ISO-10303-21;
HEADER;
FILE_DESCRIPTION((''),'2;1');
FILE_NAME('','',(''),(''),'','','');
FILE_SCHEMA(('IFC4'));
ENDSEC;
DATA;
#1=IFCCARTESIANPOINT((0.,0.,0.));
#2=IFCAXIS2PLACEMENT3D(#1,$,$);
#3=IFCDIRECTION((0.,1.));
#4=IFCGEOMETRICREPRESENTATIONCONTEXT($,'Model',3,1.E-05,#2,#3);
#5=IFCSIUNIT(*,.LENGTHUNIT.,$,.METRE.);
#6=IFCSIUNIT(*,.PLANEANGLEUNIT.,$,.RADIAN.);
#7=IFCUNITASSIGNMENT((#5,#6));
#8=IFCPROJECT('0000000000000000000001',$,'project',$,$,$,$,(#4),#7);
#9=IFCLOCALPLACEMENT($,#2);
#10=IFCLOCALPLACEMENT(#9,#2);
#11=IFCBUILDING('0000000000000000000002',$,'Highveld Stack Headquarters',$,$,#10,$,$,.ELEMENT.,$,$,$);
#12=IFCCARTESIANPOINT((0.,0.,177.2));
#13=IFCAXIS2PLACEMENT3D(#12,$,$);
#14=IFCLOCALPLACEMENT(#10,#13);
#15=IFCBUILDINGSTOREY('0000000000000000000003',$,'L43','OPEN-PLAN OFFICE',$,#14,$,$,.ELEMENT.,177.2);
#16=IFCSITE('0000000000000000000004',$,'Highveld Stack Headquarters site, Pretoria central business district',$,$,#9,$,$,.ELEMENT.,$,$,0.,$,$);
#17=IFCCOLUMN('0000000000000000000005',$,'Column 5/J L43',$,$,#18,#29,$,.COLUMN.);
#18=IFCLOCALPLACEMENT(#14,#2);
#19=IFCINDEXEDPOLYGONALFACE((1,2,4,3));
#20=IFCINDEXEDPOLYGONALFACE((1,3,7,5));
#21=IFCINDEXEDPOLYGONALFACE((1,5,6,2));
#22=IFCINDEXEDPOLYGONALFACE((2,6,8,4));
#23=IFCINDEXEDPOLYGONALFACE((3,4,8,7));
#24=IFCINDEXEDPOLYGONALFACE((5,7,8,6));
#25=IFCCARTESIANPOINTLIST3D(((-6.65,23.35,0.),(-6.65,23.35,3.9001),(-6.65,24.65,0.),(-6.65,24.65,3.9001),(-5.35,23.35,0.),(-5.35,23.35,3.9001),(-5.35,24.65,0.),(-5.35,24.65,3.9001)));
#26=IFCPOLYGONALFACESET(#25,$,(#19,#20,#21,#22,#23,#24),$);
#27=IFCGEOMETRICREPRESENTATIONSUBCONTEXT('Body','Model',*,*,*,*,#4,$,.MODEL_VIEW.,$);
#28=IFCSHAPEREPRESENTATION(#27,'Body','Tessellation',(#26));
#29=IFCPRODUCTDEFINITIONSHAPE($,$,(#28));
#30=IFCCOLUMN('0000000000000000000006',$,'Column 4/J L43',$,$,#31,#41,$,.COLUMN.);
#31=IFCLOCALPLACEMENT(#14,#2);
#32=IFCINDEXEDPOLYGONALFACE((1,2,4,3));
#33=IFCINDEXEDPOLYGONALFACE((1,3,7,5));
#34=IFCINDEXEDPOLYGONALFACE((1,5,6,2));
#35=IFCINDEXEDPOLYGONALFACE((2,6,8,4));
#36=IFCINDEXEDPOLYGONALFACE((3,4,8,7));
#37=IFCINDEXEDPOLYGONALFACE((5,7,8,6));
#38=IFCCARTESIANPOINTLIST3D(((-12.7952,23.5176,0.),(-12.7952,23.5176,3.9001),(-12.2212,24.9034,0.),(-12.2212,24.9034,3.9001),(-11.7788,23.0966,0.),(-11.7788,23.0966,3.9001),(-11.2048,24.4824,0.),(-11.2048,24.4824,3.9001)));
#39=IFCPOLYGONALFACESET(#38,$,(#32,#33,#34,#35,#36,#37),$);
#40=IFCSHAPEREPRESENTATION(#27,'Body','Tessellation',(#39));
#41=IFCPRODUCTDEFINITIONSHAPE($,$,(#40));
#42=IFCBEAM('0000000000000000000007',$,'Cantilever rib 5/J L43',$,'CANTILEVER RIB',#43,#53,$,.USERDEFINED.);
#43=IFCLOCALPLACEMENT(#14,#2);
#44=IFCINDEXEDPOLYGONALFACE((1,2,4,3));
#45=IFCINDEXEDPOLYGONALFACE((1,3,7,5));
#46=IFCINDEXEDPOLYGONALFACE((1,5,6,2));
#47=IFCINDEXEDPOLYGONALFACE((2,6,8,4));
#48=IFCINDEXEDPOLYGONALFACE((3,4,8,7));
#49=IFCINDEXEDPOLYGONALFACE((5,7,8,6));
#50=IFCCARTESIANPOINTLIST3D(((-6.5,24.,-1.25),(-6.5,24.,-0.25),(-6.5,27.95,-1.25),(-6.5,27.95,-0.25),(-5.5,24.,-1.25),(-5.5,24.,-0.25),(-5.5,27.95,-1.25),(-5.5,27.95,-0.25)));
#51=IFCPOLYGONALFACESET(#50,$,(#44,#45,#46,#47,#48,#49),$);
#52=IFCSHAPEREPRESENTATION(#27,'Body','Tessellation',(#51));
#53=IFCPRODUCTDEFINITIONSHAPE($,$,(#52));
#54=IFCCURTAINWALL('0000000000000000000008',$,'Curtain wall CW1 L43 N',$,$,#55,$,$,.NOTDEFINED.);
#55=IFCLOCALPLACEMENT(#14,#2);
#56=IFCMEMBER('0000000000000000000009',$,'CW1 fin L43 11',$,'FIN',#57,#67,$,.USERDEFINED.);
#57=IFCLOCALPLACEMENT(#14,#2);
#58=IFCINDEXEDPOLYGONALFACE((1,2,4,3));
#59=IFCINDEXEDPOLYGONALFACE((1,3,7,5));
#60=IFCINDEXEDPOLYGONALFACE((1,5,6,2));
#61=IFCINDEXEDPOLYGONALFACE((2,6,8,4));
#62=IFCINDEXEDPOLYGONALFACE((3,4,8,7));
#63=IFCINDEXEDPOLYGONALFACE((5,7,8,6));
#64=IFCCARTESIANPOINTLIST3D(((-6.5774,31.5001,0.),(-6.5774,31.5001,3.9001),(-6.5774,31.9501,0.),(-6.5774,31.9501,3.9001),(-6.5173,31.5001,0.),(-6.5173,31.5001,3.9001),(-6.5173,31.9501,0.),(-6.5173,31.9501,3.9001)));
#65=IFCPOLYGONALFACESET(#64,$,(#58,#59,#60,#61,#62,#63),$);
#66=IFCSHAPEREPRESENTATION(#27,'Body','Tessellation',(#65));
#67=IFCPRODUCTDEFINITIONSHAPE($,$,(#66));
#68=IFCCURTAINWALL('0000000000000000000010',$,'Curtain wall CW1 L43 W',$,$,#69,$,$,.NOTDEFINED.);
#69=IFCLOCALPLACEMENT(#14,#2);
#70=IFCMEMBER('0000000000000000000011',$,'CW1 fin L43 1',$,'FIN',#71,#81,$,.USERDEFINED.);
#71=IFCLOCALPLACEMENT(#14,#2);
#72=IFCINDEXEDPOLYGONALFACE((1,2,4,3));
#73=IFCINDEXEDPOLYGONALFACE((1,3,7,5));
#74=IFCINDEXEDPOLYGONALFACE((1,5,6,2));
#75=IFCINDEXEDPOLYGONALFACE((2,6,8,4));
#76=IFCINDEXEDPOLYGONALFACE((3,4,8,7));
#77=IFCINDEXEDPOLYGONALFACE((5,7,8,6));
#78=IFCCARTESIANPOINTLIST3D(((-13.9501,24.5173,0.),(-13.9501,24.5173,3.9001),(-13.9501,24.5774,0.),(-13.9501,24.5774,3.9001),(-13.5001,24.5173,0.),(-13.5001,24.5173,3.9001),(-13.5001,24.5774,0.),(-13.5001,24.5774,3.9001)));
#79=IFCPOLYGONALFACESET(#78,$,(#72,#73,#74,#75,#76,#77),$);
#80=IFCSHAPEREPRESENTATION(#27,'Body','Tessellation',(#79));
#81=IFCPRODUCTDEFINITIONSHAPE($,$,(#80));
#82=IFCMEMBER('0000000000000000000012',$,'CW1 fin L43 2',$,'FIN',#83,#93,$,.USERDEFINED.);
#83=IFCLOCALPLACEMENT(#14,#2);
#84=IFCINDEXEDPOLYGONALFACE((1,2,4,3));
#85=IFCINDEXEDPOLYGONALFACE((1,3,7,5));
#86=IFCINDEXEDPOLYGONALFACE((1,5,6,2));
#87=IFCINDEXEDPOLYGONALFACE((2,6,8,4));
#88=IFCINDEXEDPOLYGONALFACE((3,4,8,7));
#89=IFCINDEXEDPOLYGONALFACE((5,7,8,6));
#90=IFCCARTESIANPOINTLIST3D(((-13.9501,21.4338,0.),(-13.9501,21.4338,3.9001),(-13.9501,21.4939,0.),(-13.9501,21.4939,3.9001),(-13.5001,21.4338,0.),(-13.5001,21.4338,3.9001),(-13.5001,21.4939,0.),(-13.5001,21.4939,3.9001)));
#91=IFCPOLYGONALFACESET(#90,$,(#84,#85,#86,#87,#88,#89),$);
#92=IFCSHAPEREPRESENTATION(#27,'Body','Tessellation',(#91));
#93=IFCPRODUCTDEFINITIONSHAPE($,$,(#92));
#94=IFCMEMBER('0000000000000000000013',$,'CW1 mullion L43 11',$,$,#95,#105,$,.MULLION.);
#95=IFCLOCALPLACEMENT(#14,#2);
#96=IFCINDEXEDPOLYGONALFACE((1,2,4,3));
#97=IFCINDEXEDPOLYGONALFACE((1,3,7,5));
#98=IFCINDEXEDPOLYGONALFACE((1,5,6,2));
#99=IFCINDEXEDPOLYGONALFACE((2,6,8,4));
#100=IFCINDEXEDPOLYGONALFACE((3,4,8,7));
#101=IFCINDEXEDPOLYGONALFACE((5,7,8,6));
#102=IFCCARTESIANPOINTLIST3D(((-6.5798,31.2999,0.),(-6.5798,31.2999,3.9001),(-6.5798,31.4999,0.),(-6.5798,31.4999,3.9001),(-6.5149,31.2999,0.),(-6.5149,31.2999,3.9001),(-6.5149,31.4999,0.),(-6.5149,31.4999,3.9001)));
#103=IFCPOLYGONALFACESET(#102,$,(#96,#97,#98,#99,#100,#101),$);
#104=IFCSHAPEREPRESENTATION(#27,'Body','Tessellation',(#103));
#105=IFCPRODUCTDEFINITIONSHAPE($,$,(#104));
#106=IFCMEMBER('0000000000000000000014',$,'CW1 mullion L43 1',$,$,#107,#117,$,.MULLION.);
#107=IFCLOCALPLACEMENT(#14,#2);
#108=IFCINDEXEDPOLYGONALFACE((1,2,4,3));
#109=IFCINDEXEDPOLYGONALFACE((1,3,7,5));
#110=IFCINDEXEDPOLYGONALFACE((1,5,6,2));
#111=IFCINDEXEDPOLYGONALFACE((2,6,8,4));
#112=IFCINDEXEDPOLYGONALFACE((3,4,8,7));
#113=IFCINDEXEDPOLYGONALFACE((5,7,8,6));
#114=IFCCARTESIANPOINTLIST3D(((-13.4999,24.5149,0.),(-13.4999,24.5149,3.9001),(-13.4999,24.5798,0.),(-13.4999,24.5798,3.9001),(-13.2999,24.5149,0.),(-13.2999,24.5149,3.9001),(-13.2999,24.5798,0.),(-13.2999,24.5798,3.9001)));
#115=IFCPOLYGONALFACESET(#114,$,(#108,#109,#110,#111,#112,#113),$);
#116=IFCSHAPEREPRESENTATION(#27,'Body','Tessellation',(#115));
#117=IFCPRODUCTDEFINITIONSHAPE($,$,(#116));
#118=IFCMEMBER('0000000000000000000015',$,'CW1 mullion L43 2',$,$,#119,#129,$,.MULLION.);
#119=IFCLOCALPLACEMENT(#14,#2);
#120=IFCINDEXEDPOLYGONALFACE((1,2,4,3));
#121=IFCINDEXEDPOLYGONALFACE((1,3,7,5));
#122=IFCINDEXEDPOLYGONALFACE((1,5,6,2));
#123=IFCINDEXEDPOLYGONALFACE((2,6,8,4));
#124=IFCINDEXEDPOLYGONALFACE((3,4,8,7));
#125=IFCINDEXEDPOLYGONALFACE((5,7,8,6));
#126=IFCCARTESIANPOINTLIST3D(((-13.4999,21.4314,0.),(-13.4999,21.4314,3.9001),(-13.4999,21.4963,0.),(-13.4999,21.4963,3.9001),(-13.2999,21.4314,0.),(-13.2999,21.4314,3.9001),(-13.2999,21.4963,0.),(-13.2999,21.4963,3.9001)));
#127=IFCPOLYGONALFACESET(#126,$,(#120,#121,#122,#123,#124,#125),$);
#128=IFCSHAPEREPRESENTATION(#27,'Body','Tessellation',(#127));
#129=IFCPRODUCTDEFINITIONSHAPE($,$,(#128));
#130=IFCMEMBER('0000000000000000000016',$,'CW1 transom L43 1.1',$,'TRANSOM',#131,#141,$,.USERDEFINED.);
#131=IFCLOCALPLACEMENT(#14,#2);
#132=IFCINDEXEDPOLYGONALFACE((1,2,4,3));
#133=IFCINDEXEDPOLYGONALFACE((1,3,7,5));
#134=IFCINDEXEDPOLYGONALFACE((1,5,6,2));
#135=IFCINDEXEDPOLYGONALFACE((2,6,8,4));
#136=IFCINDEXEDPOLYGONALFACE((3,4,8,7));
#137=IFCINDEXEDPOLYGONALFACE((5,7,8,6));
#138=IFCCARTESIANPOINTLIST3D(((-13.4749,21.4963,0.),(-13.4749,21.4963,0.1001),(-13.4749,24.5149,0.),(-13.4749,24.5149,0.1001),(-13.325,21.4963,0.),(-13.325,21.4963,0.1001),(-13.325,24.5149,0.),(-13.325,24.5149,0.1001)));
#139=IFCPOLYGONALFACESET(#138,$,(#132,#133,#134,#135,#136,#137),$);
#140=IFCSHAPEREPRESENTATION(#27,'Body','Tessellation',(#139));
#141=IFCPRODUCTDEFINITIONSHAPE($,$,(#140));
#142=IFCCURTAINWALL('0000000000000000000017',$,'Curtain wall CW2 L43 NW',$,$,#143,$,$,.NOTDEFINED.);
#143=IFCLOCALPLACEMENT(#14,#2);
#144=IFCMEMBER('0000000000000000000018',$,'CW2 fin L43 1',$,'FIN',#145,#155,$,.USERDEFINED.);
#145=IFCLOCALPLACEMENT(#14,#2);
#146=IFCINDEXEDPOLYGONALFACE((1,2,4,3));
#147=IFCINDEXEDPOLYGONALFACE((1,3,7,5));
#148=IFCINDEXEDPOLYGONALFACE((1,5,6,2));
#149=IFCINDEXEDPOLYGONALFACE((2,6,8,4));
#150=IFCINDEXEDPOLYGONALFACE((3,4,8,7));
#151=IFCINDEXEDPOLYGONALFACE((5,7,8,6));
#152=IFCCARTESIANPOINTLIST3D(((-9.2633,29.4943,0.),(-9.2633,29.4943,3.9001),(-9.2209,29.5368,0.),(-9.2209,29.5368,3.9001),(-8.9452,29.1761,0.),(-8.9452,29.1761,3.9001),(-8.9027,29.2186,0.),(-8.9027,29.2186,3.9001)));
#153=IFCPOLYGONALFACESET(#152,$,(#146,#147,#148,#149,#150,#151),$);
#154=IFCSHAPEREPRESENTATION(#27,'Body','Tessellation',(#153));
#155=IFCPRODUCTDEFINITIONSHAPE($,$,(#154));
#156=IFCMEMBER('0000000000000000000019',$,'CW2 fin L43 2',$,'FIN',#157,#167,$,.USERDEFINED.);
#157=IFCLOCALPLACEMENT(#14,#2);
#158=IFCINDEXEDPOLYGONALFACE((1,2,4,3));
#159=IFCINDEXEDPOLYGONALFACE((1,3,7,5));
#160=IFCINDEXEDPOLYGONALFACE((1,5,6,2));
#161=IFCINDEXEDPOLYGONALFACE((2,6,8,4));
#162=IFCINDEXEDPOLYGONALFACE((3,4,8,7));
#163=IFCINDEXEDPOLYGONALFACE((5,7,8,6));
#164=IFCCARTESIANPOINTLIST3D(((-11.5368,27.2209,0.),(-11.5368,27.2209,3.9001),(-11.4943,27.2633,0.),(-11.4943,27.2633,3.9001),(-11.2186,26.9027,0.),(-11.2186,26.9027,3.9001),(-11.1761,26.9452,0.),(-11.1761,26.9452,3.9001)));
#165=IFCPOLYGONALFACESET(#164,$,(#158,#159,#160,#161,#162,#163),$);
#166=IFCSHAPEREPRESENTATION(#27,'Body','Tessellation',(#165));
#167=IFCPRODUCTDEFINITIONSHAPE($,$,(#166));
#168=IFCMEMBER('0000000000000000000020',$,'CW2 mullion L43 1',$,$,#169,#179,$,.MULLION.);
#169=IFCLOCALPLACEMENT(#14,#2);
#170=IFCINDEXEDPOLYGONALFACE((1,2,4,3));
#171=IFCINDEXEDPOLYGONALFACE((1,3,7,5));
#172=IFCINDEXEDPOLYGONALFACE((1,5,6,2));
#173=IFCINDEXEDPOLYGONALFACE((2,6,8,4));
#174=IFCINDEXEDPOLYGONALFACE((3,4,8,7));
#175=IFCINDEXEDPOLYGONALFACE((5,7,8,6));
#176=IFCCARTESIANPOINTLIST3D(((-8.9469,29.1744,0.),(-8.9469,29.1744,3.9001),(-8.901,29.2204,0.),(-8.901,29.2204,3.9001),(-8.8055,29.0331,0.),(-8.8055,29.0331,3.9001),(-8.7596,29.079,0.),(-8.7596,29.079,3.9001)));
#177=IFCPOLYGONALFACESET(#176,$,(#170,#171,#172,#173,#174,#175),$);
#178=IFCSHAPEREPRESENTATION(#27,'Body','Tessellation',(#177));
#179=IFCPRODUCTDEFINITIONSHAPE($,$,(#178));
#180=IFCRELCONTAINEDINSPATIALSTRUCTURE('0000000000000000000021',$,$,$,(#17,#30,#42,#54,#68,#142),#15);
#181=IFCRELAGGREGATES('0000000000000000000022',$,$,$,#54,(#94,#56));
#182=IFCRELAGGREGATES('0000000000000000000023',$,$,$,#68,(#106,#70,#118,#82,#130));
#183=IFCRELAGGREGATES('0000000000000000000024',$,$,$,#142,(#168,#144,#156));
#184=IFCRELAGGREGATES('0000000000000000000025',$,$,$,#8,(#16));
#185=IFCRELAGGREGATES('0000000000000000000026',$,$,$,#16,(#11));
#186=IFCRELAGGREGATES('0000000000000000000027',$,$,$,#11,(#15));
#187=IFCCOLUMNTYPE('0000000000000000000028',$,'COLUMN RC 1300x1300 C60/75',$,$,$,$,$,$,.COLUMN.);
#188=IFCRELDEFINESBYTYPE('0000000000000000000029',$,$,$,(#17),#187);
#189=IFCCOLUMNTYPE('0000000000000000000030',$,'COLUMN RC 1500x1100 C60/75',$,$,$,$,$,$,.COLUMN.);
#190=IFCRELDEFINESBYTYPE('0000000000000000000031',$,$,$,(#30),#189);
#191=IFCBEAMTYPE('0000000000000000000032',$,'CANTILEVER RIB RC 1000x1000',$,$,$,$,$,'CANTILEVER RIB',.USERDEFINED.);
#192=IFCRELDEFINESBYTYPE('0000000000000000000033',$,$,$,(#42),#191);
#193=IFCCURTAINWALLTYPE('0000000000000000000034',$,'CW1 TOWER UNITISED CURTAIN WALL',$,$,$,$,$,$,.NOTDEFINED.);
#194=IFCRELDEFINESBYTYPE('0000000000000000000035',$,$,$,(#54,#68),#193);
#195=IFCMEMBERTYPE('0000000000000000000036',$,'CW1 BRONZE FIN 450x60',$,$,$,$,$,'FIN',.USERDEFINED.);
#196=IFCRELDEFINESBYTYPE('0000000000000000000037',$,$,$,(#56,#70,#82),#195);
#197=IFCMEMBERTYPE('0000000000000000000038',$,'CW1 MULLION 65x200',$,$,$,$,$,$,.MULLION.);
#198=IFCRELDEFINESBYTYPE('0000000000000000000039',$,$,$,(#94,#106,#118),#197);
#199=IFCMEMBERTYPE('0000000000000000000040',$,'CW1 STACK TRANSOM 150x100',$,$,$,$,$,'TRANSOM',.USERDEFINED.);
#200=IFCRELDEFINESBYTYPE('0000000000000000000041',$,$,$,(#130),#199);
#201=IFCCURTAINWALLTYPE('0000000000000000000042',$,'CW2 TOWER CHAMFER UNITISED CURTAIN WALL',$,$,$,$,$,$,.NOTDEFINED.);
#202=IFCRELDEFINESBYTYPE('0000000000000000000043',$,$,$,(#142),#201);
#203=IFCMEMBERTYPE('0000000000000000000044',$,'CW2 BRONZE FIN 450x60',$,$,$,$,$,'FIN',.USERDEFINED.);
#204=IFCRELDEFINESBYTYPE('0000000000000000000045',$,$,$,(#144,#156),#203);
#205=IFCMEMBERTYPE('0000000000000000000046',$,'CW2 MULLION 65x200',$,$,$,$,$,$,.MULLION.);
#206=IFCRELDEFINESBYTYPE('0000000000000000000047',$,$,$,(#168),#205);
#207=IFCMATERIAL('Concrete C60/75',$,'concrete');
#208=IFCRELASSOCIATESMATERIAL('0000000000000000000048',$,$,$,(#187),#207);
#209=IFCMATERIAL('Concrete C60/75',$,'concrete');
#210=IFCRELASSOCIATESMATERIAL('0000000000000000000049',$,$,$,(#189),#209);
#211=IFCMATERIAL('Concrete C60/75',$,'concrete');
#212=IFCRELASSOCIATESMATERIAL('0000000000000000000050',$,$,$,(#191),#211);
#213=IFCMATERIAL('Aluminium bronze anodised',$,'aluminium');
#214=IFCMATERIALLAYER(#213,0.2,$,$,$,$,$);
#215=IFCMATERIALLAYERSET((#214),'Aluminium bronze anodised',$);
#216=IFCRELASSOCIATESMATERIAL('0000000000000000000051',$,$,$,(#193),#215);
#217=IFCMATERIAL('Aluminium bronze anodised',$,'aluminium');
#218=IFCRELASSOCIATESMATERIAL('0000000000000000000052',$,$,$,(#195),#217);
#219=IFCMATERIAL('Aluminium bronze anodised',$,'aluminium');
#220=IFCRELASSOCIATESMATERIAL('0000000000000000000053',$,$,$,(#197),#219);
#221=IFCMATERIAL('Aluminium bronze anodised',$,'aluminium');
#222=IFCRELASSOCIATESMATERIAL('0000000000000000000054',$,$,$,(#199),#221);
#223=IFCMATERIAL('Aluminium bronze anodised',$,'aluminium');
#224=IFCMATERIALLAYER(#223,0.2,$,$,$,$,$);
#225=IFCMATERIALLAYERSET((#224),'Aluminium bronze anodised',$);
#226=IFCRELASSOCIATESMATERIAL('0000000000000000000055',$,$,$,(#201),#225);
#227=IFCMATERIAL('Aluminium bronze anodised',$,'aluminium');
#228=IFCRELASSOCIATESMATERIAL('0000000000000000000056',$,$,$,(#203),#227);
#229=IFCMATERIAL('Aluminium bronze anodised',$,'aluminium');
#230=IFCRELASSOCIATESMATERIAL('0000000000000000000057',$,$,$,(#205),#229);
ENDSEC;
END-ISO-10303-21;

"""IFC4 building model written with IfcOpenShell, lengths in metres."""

from ifc_helpers import new_model, si_unit, direction, frame, origin, origin_2d, place, context, subcontext, project, spatial, rectangle, extrude, material, layer, layer_set, material_profile, profile_set, type_object, element, aggregate, save


model = new_model("IFC4")

# Units and contexts
model_context = context("Model", 3, precision=1e-05, world=origin(), true_north=direction((0.0, 1.0)))
body_context = subcontext(model_context, "Body", "Model", "MODEL_VIEW")
ifc_project = project(units=[si_unit("LENGTHUNIT", "METRE"), si_unit("PLANEANGLEUNIT", "RADIAN")], contexts=[model_context])

# Site, building, storey
site_placement = place(None, origin())
site = spatial("IfcSite", under=ifc_project, at=site_placement, Name="Highveld Stack Headquarters site, Pretoria central business district", CompositionType="ELEMENT", RefElevation=0.0)
building_placement = place(site_placement, origin())
building = spatial("IfcBuilding", under=site, at=building_placement, Name="Highveld Stack Headquarters", CompositionType="ELEMENT")
storey_placement = place(building_placement, frame((0.0, 0.0, 177.2)))
storey = spatial("IfcBuildingStorey", under=building, at=storey_placement, Name="L43", Description="OPEN-PLAN OFFICE", CompositionType="ELEMENT", Elevation=177.2)

# Columns
ifc_material_1 = material(Name="Concrete C60/75", Category="concrete")
ifc_material_profile_1 = material_profile(ifc_material_1, rectangle(XDim=1.3, YDim=1.3, at=origin_2d()), Name="RC 1300x1300")
ifc_profile_set_1 = profile_set([ifc_material_profile_1], Name="Concrete C60/75")
column_type_1 = type_object("IfcColumnType", Name="COLUMN RC 1300x1300 C60/75", PredefinedType="COLUMN", material=ifc_profile_set_1)
column_1_placement = place(storey_placement, frame((-6.0, 24.0, 0.0), z_axis=(0.0, 0.0, 1.0), x_axis=(1.0, 0.0, 0.0)))
element("IfcColumn", 1, at=column_1_placement, inside=storey, type_object=column_type_1, Name="Column 5/J L43", PredefinedType="COLUMN", context=body_context, shape_type="SweptSolid", body=[
    extrude(rectangle(XDim=1.3, YDim=1.3, at=origin_2d()), origin(), (0.0, 0.0, 1.0), 3.9001),
])
ifc_material_2 = material(Name="Concrete C60/75", Category="concrete")
ifc_material_profile_2 = material_profile(ifc_material_2, rectangle(XDim=1.5, YDim=1.1001, at=origin_2d()), Name="RC 1500x1100")
ifc_profile_set_2 = profile_set([ifc_material_profile_2], Name="Concrete C60/75")
column_type_2 = type_object("IfcColumnType", Name="COLUMN RC 1500x1100 C60/75", PredefinedType="COLUMN", material=ifc_profile_set_2)
column_2_placement = place(storey_placement, frame((-12.0, 24.0, 0.0), z_axis=(0.0, 0.0, 1.0), x_axis=(0.382683, 0.92388, 0.0)))
element("IfcColumn", 2, at=column_2_placement, inside=storey, type_object=column_type_2, Name="Column 4/J L43", PredefinedType="COLUMN", context=body_context, shape_type="SweptSolid", body=[
    extrude(rectangle(XDim=1.5, YDim=1.1001, at=origin_2d()), origin(), (0.0, 0.0, 1.0), 3.9001),
])

# Beam
ifc_material_3 = material(Name="Concrete C60/75", Category="concrete")
ifc_material_profile_3 = material_profile(ifc_material_3, rectangle(XDim=1.0, YDim=1.0, at=origin_2d()), Name="RC 1000x1000")
ifc_profile_set_3 = profile_set([ifc_material_profile_3], Name="Concrete C60/75")
beam_type = type_object("IfcBeamType", Name="CANTILEVER RIB RC 1000x1000", ElementType="CANTILEVER RIB", PredefinedType="USERDEFINED", material=ifc_profile_set_3)
beam_placement = place(storey_placement, frame((-6.0, 24.0, -0.75), z_axis=(0.0, 1.0, 0.0), x_axis=(-1.0, 0.0, 0.0)))
element("IfcBeam", 3, at=beam_placement, inside=storey, type_object=beam_type, Name="Cantilever rib 5/J L43", ObjectType="CANTILEVER RIB", PredefinedType="USERDEFINED", context=body_context, shape_type="SweptSolid", body=[
    extrude(rectangle(XDim=1.0, YDim=1.0, at=origin_2d()), origin(), (0.0, 0.0, 1.0), 3.95),
])

# Curtain wall, member
ifc_material_4 = material(Name="Aluminium bronze anodised", Category="aluminium")
ifc_layer_1 = layer(ifc_material_4, 0.2)
ifc_layer_set_1 = layer_set([ifc_layer_1], Name="Aluminium bronze anodised")
curtain_wall_type_1 = type_object("IfcCurtainWallType", Name="CW1 TOWER UNITISED CURTAIN WALL", PredefinedType="NOTDEFINED", material=ifc_layer_set_1)
curtain_wall_1_placement = place(storey_placement, origin())
curtain_wall_1 = element("IfcCurtainWall", 4, at=curtain_wall_1_placement, inside=storey, type_object=curtain_wall_type_1, Name="Curtain wall CW1 L43 N", PredefinedType="NOTDEFINED")
ifc_material_5 = material(Name="Aluminium bronze anodised", Category="aluminium")
ifc_material_profile_4 = material_profile(ifc_material_5, rectangle(XDim=0.45, YDim=0.0601, at=origin_2d()), Name="FIN 450x60")
ifc_profile_set_4 = profile_set([ifc_material_profile_4], Name="Aluminium bronze anodised")
member_type_1 = type_object("IfcMemberType", Name="CW1 BRONZE FIN 450x60", ElementType="FIN", PredefinedType="USERDEFINED", material=ifc_profile_set_4)
member_1_placement = place(storey_placement, frame((-6.5474, 31.7251, 0.0), z_axis=(0.0, 0.0, 1.0), x_axis=(0.0, -1.0, 0.0)))
member_1 = element("IfcMember", 5, at=member_1_placement, type_object=member_type_1, Name="CW1 fin L43 11", ObjectType="FIN", PredefinedType="USERDEFINED", context=body_context, shape_type="SweptSolid", body=[
    extrude(rectangle(XDim=0.45, YDim=0.0601, at=origin_2d()), origin(), (0.0, 0.0, 1.0), 3.9001),
])

# Curtain wall, members
curtain_wall_2_placement = place(storey_placement, origin())
curtain_wall_2 = element("IfcCurtainWall", 6, at=curtain_wall_2_placement, inside=storey, type_object=curtain_wall_type_1, Name="Curtain wall CW1 L43 W", PredefinedType="NOTDEFINED")
member_2_placement = place(storey_placement, frame((-13.7251, 24.5474, 0.0), z_axis=(0.0, 0.0, 1.0), x_axis=(1.0, 0.0, 0.0)))
member_2 = element("IfcMember", 7, at=member_2_placement, type_object=member_type_1, Name="CW1 fin L43 1", ObjectType="FIN", PredefinedType="USERDEFINED", context=body_context, shape_type="SweptSolid", body=[
    extrude(rectangle(XDim=0.45, YDim=0.0601, at=origin_2d()), origin(), (0.0, 0.0, 1.0), 3.9001),
])
member_3_placement = place(storey_placement, frame((-13.7251, 21.4639, 0.0), z_axis=(0.0, 0.0, 1.0), x_axis=(1.0, 0.0, 0.0)))
member_3 = element("IfcMember", 8, at=member_3_placement, type_object=member_type_1, Name="CW1 fin L43 2", ObjectType="FIN", PredefinedType="USERDEFINED", context=body_context, shape_type="SweptSolid", body=[
    extrude(rectangle(XDim=0.45, YDim=0.0601, at=origin_2d()), origin(), (0.0, 0.0, 1.0), 3.9001),
])

# Members
ifc_material_6 = material(Name="Aluminium bronze anodised", Category="aluminium")
ifc_material_profile_5 = material_profile(ifc_material_6, rectangle(XDim=0.2, YDim=0.0649, at=origin_2d()), Name="CW1 MULLION 65x200")
ifc_profile_set_5 = profile_set([ifc_material_profile_5], Name="Aluminium bronze anodised")
member_type_2 = type_object("IfcMemberType", Name="CW1 MULLION 65x200", PredefinedType="MULLION", material=ifc_profile_set_5)
member_4_placement = place(storey_placement, frame((-6.5474, 31.3999, 0.0), z_axis=(0.0, 0.0, 1.0), x_axis=(0.0, -1.0, 0.0)))
member_4 = element("IfcMember", 9, at=member_4_placement, type_object=member_type_2, Name="CW1 mullion L43 11", PredefinedType="MULLION", context=body_context, shape_type="SweptSolid", body=[
    extrude(rectangle(XDim=0.2, YDim=0.0649, at=origin_2d()), origin(), (0.0, 0.0, 1.0), 3.9001),
])
aggregate(curtain_wall_1, [member_4, member_1])
member_5_placement = place(storey_placement, frame((-13.3999, 24.5474, 0.0), z_axis=(0.0, 0.0, 1.0), x_axis=(1.0, 0.0, 0.0)))
member_5 = element("IfcMember", 10, at=member_5_placement, type_object=member_type_2, Name="CW1 mullion L43 1", PredefinedType="MULLION", context=body_context, shape_type="SweptSolid", body=[
    extrude(rectangle(XDim=0.2, YDim=0.0649, at=origin_2d()), origin(), (0.0, 0.0, 1.0), 3.9001),
])
member_6_placement = place(storey_placement, frame((-13.3999, 21.4639, 0.0), z_axis=(0.0, 0.0, 1.0), x_axis=(1.0, 0.0, 0.0)))
member_6 = element("IfcMember", 11, at=member_6_placement, type_object=member_type_2, Name="CW1 mullion L43 2", PredefinedType="MULLION", context=body_context, shape_type="SweptSolid", body=[
    extrude(rectangle(XDim=0.2, YDim=0.0649, at=origin_2d()), origin(), (0.0, 0.0, 1.0), 3.9001),
])
ifc_material_7 = material(Name="Aluminium bronze anodised", Category="aluminium")
ifc_material_profile_6 = material_profile(ifc_material_7, rectangle(XDim=0.1499, YDim=0.1001, at=origin_2d()), Name="CW1 TRANSOM 150x100")
ifc_profile_set_6 = profile_set([ifc_material_profile_6], Name="Aluminium bronze anodised")
member_type_3 = type_object("IfcMemberType", Name="CW1 STACK TRANSOM 150x100", ElementType="TRANSOM", PredefinedType="USERDEFINED", material=ifc_profile_set_6)
member_7_placement = place(storey_placement, frame((-13.3999, 24.5149, 0.05), z_axis=(0.0, -1.0, 0.0), x_axis=(1.0, 0.0, 0.0)))
member_7 = element("IfcMember", 12, at=member_7_placement, type_object=member_type_3, Name="CW1 transom L43 1.1", ObjectType="TRANSOM", PredefinedType="USERDEFINED", context=body_context, shape_type="SweptSolid", body=[
    extrude(rectangle(XDim=0.1499, YDim=0.1001, at=origin_2d()), origin(), (0.0, 0.0, 1.0), 3.0186),
])

# Curtain wall, members
ifc_material_8 = material(Name="Aluminium bronze anodised", Category="aluminium")
ifc_layer_2 = layer(ifc_material_8, 0.2)
ifc_layer_set_2 = layer_set([ifc_layer_2], Name="Aluminium bronze anodised")
curtain_wall_type_2 = type_object("IfcCurtainWallType", Name="CW2 TOWER CHAMFER UNITISED CURTAIN WALL", PredefinedType="NOTDEFINED", material=ifc_layer_set_2)
curtain_wall_3_placement = place(storey_placement, origin())
curtain_wall_3 = element("IfcCurtainWall", 13, at=curtain_wall_3_placement, inside=storey, type_object=curtain_wall_type_2, Name="Curtain wall CW2 L43 NW", PredefinedType="NOTDEFINED")
ifc_material_9 = material(Name="Aluminium bronze anodised", Category="aluminium")
ifc_material_profile_7 = material_profile(ifc_material_9, rectangle(XDim=0.45, YDim=0.0601, at=origin_2d()), Name="FIN 450x60")
ifc_profile_set_7 = profile_set([ifc_material_profile_7], Name="Aluminium bronze anodised")
member_type_4 = type_object("IfcMemberType", Name="CW2 BRONZE FIN 450x60", ElementType="FIN", PredefinedType="USERDEFINED", material=ifc_profile_set_7)
member_8_placement = place(storey_placement, frame((-9.083, 29.3564, 0.0), z_axis=(0.0, 0.0, 1.0), x_axis=(0.707107, -0.707107, 0.0)))
member_8 = element("IfcMember", 14, at=member_8_placement, type_object=member_type_4, Name="CW2 fin L43 1", ObjectType="FIN", PredefinedType="USERDEFINED", context=body_context, shape_type="SweptSolid", body=[
    extrude(rectangle(XDim=0.45, YDim=0.0601, at=origin_2d()), origin(), (0.0, 0.0, 1.0), 3.9001),
])
member_9_placement = place(storey_placement, frame((-11.3564, 27.083, 0.0), z_axis=(0.0, 0.0, 1.0), x_axis=(0.707107, -0.707107, 0.0)))
member_9 = element("IfcMember", 15, at=member_9_placement, type_object=member_type_4, Name="CW2 fin L43 2", ObjectType="FIN", PredefinedType="USERDEFINED", context=body_context, shape_type="SweptSolid", body=[
    extrude(rectangle(XDim=0.45, YDim=0.0601, at=origin_2d()), origin(), (0.0, 0.0, 1.0), 3.9001),
])
ifc_material_10 = material(Name="Aluminium bronze anodised", Category="aluminium")
ifc_material_profile_8 = material_profile(ifc_material_10, rectangle(XDim=0.2, YDim=0.0649, at=origin_2d()), Name="CW2 MULLION 65x200")
ifc_profile_set_8 = profile_set([ifc_material_profile_8], Name="Aluminium bronze anodised")
member_type_5 = type_object("IfcMemberType", Name="CW2 MULLION 65x200", PredefinedType="MULLION", material=ifc_profile_set_8)
member_10_placement = place(storey_placement, frame((-8.8533, 29.1267, 0.0), z_axis=(0.0, 0.0, 1.0), x_axis=(0.707107, -0.707107, 0.0)))
member_10 = element("IfcMember", 16, at=member_10_placement, type_object=member_type_5, Name="CW2 mullion L43 1", PredefinedType="MULLION", context=body_context, shape_type="SweptSolid", body=[
    extrude(rectangle(XDim=0.2, YDim=0.0649, at=origin_2d()), origin(), (0.0, 0.0, 1.0), 3.9001),
])

aggregate(curtain_wall_2, [member_5, member_2, member_6, member_3, member_7])
aggregate(curtain_wall_3, [member_10, member_8, member_9])

save(model, "model.ifc")
